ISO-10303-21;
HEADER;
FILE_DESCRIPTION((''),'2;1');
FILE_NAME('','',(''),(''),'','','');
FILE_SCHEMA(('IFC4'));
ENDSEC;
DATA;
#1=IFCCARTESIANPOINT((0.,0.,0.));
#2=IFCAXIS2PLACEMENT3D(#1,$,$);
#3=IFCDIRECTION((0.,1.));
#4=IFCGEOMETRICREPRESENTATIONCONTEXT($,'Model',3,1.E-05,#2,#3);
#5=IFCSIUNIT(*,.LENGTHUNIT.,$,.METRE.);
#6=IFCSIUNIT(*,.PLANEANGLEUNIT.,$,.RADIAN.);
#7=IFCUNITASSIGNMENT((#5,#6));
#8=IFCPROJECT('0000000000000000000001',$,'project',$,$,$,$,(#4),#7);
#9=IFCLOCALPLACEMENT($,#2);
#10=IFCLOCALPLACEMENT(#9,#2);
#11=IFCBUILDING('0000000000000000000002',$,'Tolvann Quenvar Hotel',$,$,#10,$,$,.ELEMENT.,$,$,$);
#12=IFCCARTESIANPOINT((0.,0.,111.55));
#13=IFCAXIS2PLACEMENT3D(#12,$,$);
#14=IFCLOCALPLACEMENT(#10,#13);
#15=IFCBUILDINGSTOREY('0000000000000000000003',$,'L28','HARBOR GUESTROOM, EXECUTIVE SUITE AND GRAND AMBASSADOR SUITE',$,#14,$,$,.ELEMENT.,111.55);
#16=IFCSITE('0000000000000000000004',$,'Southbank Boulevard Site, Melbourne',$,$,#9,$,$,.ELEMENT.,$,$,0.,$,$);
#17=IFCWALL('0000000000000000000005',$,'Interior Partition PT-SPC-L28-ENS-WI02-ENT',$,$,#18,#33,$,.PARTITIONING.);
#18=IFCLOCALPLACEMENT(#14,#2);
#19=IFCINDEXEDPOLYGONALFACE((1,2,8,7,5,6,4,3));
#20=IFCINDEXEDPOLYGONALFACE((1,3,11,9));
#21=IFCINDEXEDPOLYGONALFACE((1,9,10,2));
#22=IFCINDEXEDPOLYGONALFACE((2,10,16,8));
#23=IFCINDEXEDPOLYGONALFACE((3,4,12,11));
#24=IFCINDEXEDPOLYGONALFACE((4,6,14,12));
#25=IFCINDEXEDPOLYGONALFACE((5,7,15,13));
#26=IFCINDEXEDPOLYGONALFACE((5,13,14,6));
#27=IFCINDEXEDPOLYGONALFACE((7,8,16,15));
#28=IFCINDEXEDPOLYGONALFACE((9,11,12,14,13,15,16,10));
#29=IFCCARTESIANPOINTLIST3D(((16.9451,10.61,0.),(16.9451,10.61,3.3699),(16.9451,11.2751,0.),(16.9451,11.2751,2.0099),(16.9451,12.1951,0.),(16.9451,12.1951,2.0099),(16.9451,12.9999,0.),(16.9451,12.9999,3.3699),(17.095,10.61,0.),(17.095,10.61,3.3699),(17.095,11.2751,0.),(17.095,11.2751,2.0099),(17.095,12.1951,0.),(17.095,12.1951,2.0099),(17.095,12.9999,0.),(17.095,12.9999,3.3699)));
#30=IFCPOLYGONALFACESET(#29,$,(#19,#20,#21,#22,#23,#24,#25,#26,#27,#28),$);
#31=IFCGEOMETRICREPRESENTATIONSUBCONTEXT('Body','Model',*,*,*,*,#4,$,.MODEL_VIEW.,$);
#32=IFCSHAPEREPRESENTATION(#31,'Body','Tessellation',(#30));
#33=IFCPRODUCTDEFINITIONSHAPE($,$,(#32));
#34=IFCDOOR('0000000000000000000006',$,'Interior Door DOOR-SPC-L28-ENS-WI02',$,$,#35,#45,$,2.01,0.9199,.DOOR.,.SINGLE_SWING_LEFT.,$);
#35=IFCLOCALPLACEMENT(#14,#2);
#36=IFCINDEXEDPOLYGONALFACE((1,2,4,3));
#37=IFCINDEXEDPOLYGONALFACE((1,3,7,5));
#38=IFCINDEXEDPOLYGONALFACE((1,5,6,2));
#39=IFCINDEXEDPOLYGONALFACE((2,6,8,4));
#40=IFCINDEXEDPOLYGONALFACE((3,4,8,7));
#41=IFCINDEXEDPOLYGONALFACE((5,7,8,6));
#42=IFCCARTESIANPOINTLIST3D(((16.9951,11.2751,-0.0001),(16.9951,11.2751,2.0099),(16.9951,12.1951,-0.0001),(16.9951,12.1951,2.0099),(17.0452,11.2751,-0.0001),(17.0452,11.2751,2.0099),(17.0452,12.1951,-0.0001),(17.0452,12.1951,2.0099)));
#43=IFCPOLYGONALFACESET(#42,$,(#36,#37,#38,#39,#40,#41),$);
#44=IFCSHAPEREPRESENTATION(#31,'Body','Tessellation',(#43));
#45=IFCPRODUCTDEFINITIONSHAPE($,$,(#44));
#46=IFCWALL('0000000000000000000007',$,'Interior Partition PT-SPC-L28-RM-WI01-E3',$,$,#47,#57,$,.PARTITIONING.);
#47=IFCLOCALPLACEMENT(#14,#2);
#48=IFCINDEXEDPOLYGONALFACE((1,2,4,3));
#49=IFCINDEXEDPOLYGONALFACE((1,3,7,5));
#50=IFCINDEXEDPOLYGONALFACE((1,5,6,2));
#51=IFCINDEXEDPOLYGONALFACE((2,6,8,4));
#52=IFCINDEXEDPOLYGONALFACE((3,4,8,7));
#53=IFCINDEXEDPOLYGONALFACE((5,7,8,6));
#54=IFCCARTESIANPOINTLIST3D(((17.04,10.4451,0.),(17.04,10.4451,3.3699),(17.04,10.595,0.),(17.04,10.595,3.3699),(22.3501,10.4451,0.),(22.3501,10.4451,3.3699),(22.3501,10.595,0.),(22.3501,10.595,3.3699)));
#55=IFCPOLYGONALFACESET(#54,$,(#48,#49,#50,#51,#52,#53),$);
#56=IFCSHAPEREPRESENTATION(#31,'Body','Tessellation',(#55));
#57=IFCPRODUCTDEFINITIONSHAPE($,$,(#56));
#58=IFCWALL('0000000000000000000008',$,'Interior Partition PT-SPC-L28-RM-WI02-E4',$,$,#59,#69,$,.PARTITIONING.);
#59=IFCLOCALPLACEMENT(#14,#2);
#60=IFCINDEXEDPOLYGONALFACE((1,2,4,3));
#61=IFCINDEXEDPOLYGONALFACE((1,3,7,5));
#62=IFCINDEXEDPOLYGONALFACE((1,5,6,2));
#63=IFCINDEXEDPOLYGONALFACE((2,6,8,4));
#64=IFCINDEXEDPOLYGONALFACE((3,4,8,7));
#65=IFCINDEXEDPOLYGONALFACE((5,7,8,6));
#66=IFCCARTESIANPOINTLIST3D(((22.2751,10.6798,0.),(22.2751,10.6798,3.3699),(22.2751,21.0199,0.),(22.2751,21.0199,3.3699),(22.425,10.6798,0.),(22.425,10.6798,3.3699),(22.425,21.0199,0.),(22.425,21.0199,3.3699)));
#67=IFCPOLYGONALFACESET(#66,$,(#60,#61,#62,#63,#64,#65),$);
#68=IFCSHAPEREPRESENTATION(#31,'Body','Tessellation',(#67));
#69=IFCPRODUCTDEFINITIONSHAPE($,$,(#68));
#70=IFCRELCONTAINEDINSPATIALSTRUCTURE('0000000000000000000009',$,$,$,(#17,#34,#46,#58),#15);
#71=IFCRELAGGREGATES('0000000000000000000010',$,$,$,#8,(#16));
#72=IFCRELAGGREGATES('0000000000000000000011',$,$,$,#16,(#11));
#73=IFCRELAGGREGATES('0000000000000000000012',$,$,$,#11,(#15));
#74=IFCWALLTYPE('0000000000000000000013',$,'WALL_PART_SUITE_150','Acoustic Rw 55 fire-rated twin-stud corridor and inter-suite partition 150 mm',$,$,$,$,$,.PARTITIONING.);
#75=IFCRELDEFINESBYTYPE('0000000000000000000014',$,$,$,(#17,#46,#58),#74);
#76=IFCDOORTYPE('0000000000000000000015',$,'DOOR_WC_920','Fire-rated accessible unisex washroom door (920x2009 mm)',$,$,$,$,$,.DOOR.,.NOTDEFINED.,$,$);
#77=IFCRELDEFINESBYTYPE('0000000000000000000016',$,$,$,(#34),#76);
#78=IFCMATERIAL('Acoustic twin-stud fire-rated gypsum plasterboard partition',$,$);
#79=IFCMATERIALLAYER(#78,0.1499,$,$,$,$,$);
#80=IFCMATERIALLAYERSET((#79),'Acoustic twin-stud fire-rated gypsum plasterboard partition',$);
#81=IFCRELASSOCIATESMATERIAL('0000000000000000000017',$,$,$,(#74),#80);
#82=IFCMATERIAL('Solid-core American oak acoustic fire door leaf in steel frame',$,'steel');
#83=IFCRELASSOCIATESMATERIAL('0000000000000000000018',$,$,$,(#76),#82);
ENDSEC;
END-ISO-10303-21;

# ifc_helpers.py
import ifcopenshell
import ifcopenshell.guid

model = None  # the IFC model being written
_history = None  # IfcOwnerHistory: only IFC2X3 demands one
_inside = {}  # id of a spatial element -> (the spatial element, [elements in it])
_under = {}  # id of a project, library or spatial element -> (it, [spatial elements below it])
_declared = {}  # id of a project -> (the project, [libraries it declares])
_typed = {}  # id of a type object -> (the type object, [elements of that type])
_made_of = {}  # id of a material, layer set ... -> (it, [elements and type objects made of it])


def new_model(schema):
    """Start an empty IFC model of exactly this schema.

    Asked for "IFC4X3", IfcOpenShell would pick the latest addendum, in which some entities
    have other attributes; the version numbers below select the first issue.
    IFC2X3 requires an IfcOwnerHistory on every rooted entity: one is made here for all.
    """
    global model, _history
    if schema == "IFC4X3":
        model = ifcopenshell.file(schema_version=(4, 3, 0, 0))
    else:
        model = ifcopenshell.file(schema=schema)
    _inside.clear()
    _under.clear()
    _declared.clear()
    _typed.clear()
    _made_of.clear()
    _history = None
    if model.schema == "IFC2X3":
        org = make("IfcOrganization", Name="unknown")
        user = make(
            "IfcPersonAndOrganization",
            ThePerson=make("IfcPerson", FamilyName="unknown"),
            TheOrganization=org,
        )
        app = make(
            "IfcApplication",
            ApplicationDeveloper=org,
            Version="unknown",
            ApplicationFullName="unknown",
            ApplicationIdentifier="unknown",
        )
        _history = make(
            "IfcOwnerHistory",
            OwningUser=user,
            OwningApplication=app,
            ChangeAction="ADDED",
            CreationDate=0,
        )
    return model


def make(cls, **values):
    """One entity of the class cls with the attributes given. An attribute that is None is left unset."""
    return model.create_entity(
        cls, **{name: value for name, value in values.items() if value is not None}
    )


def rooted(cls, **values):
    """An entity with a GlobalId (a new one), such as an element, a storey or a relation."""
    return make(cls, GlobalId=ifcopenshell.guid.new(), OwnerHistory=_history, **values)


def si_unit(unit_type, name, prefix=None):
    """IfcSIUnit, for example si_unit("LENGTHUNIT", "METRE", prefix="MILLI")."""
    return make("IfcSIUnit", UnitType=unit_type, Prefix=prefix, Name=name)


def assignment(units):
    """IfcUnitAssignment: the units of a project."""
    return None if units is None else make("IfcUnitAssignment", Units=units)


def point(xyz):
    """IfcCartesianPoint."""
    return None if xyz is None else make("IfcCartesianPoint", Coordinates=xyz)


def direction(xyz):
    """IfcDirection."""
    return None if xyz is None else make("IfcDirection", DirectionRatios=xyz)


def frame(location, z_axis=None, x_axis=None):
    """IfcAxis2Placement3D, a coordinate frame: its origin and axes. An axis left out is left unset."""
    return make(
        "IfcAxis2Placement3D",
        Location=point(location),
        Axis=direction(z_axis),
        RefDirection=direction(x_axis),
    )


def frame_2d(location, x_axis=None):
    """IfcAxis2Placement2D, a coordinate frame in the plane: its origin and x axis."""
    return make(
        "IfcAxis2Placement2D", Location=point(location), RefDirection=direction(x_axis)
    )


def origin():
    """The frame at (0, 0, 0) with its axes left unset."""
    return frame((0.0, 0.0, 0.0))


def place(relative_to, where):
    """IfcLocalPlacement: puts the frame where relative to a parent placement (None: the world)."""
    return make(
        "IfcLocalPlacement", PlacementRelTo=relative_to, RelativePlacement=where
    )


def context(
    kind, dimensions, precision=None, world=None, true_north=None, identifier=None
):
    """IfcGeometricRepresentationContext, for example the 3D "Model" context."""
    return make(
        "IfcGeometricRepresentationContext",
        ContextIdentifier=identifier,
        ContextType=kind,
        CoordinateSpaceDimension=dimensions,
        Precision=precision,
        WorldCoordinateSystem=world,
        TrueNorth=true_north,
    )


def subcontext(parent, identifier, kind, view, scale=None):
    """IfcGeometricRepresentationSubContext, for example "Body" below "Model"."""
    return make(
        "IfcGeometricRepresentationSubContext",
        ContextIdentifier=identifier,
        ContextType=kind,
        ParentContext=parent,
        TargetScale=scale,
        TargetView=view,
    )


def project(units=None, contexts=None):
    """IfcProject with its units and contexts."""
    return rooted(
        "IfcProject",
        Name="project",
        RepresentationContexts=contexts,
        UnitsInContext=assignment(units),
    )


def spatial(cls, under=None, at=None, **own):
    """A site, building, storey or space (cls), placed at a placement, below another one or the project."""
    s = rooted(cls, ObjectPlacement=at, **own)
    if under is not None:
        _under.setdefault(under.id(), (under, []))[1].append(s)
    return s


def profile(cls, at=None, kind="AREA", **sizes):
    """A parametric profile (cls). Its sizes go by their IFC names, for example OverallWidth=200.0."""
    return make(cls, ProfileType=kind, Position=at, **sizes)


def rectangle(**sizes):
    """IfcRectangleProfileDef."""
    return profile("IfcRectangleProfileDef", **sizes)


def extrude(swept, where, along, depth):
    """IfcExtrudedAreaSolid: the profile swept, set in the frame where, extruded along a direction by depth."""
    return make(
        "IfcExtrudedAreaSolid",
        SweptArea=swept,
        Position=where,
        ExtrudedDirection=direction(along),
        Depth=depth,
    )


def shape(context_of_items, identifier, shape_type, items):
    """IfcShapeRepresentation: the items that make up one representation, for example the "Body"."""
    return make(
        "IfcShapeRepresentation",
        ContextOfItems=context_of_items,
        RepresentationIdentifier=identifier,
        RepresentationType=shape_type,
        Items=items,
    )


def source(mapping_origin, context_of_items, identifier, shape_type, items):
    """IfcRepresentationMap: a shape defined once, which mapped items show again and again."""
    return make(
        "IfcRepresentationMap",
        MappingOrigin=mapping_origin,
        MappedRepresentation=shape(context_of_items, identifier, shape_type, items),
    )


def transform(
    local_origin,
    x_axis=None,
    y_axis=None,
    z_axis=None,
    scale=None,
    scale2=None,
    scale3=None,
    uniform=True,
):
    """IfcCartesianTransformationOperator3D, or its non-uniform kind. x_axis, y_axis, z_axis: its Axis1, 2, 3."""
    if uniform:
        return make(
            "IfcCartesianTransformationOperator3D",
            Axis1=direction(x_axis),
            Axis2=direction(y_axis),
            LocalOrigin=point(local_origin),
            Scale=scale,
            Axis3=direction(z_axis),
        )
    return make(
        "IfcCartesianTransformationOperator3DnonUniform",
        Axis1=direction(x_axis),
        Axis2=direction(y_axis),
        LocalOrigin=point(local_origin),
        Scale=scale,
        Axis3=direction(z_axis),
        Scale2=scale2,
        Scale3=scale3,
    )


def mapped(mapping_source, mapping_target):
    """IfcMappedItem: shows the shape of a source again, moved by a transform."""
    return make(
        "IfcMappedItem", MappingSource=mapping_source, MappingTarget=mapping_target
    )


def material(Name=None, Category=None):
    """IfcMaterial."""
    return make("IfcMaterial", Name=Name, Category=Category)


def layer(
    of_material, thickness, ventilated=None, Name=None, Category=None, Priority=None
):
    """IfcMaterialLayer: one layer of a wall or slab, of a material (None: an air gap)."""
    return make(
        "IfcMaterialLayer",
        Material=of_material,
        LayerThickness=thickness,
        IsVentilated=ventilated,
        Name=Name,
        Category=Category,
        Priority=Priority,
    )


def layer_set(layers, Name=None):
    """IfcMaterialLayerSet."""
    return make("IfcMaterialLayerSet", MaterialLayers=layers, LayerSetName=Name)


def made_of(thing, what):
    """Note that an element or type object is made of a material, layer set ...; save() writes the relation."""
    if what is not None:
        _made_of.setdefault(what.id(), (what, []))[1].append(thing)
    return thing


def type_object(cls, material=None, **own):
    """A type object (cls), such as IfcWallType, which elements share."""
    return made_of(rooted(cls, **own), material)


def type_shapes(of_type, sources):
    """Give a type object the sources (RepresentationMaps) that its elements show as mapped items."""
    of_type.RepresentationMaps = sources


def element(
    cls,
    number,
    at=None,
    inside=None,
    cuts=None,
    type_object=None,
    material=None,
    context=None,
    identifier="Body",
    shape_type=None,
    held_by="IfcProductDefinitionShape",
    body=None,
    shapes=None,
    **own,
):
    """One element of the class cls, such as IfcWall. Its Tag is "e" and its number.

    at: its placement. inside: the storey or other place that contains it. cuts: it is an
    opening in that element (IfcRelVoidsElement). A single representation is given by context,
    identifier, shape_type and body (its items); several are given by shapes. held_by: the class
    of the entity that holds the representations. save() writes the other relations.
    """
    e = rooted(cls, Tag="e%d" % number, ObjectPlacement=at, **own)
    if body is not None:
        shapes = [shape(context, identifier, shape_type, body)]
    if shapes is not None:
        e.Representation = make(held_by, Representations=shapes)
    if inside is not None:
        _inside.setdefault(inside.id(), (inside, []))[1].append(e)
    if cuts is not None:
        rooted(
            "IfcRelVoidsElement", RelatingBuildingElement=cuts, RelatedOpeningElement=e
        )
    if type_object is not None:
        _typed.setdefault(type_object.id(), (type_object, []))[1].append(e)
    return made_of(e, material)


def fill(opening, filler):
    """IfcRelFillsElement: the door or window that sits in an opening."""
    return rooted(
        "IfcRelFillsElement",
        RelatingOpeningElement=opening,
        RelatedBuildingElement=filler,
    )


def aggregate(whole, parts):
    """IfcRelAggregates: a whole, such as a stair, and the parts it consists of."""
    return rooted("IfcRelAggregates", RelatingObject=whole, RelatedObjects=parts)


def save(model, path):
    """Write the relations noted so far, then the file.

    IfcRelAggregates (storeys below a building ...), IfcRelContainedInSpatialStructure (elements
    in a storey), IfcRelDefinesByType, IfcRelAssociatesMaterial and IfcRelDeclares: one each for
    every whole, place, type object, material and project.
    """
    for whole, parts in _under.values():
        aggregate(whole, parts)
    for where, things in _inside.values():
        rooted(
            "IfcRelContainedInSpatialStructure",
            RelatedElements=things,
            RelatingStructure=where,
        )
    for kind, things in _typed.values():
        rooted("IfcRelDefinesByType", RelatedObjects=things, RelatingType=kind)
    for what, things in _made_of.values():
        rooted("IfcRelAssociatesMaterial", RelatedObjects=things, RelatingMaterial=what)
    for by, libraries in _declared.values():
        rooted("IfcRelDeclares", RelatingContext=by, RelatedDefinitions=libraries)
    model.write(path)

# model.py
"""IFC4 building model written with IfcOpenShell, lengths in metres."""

from ifc_helpers import new_model, si_unit, direction, frame, frame_2d, origin, place, context, subcontext, project, spatial, rectangle, extrude, source, transform, mapped, material, layer, layer_set, type_object, type_shapes, element, fill, save


model = new_model("IFC4")

# Units and contexts
model_context = context("Model", 3, precision=1e-05, world=origin(), true_north=direction((0.0, 1.0)))
body_context = subcontext(model_context, "Body", "Model", "MODEL_VIEW")
ifc_project = project(units=[si_unit("LENGTHUNIT", "METRE"), si_unit("PLANEANGLEUNIT", "RADIAN")], contexts=[model_context])

# Site, building, storey
site_placement = place(None, origin())
site = spatial("IfcSite", under=ifc_project, at=site_placement, Name="Southbank Boulevard Site, Melbourne", CompositionType="ELEMENT", RefElevation=0.0)
building_placement = place(site_placement, origin())
building = spatial("IfcBuilding", under=site, at=building_placement, Name="Tolvann Quenvar Hotel", CompositionType="ELEMENT")
storey_placement = place(building_placement, frame((0.0, 0.0, 111.55)))
storey = spatial("IfcBuildingStorey", under=building, at=storey_placement, Name="L28", Description="HARBOR GUESTROOM, EXECUTIVE SUITE AND GRAND AMBASSADOR SUITE", CompositionType="ELEMENT", Elevation=111.55)

# Wall, opening, door
ifc_material_1 = material(Name="Acoustic twin-stud fire-rated gypsum plasterboard partition")
ifc_layer_1 = layer(ifc_material_1, 0.1499)
ifc_layer_set_1 = layer_set([ifc_layer_1], Name="Acoustic twin-stud fire-rated gypsum plasterboard partition")
wall_type_1 = type_object("IfcWallType", Name="WALL_PART_SUITE_150", Description="Acoustic Rw 55 fire-rated twin-stud corridor and inter-suite partition 150 mm", PredefinedType="PARTITIONING", material=ifc_layer_set_1)
ifc_material_2 = material(Name="Solid-core American oak acoustic fire door leaf in steel frame", Category="steel")
door_type = type_object("IfcDoorType", Name="DOOR_WC_920", Description="Fire-rated accessible unisex washroom door (920x2009 mm)", OperationType="NOTDEFINED", PredefinedType="DOOR", material=ifc_material_2)
shared_shape_1 = source(origin(), body_context, "Body", "SweptSolid", [
    extrude(rectangle(XDim=0.9199, YDim=2.01, at=frame_2d((0.46, 1.0049))), frame((0.0, 0.0249, 0.0), z_axis=(0.0, -1.0, 0.0), x_axis=(1.0, 0.0, 0.0)), (0.0, 0.0, 1.0), 0.05),
])
type_shapes(door_type, [shared_shape_1])
wall_1_placement = place(storey_placement, frame((17.02, 10.6101, 0.0), z_axis=(0.0, 0.0, 1.0), x_axis=(0.0, 1.0, 0.0)))
wall_1 = element("IfcWall", 1, at=wall_1_placement, inside=storey, type_object=wall_type_1, Name="Interior Partition PT-SPC-L28-ENS-WI02-ENT", PredefinedType="PARTITIONING", context=body_context, shape_type="SweptSolid", body=[
    extrude(rectangle(XDim=2.3899, YDim=0.1499, at=frame_2d((1.1948, 0.0))), origin(), (0.0, 0.0, 1.0), 3.3699),
])
opening_1_placement = place(wall_1_placement, frame((0.665, 0.0, 0.0)))
opening_1 = element("IfcOpeningElement", 2, at=opening_1_placement, cuts=wall_1, PredefinedType="OPENING", context=body_context, shape_type="SweptSolid", body=[
    extrude(rectangle(XDim=0.9199, YDim=2.01, at=frame_2d((0.46, 1.0049))), frame((0.0, 0.085, 0.0), z_axis=(0.0, -1.0, 0.0), x_axis=(1.0, 0.0, 0.0)), (0.0, 0.0, 1.0), 0.1699),
])
door_1_placement = place(opening_1_placement, origin())
door_1 = element("IfcDoor", 3, at=door_1_placement, inside=storey, type_object=door_type, Name="Interior Door DOOR-SPC-L28-ENS-WI02", OperationType="SINGLE_SWING_LEFT", OverallHeight=2.01, OverallWidth=0.9199, PredefinedType="DOOR", context=body_context, shape_type="MappedRepresentation", body=[
    mapped(shared_shape_1, transform((0.0, 0.0, 0.0), x_axis=(1.0, 0.0, 0.0), y_axis=(0.0, 1.0, 0.0), z_axis=(0.0, 0.0, 1.0), scale=1.0)),
])
fill(opening_1, door_1)

# Walls
wall_2_placement = place(storey_placement, frame((17.04, 10.52, 0.0), z_axis=(0.0, 0.0, 1.0), x_axis=(1.0, 0.0, 0.0)))
element("IfcWall", 4, at=wall_2_placement, inside=storey, type_object=wall_type_1, Name="Interior Partition PT-SPC-L28-RM-WI01-E3", PredefinedType="PARTITIONING", context=body_context, shape_type="SweptSolid", body=[
    extrude(rectangle(XDim=5.3101, YDim=0.1499, at=frame_2d((2.655, 0.0))), origin(), (0.0, 0.0, 1.0), 3.3699),
])
wall_3_placement = place(storey_placement, frame((22.3501, 10.6799, 0.0), z_axis=(0.0, 0.0, 1.0), x_axis=(0.0, 1.0, 0.0)))
element("IfcWall", 5, at=wall_3_placement, inside=storey, type_object=wall_type_1, Name="Interior Partition PT-SPC-L28-RM-WI02-E4", PredefinedType="PARTITIONING", context=body_context, shape_type="SweptSolid", body=[
    extrude(rectangle(XDim=10.3401, YDim=0.1499, at=frame_2d((5.1699, 0.0))), origin(), (0.0, 0.0, 1.0), 3.3699),
])

save(model, "model.ifc")
